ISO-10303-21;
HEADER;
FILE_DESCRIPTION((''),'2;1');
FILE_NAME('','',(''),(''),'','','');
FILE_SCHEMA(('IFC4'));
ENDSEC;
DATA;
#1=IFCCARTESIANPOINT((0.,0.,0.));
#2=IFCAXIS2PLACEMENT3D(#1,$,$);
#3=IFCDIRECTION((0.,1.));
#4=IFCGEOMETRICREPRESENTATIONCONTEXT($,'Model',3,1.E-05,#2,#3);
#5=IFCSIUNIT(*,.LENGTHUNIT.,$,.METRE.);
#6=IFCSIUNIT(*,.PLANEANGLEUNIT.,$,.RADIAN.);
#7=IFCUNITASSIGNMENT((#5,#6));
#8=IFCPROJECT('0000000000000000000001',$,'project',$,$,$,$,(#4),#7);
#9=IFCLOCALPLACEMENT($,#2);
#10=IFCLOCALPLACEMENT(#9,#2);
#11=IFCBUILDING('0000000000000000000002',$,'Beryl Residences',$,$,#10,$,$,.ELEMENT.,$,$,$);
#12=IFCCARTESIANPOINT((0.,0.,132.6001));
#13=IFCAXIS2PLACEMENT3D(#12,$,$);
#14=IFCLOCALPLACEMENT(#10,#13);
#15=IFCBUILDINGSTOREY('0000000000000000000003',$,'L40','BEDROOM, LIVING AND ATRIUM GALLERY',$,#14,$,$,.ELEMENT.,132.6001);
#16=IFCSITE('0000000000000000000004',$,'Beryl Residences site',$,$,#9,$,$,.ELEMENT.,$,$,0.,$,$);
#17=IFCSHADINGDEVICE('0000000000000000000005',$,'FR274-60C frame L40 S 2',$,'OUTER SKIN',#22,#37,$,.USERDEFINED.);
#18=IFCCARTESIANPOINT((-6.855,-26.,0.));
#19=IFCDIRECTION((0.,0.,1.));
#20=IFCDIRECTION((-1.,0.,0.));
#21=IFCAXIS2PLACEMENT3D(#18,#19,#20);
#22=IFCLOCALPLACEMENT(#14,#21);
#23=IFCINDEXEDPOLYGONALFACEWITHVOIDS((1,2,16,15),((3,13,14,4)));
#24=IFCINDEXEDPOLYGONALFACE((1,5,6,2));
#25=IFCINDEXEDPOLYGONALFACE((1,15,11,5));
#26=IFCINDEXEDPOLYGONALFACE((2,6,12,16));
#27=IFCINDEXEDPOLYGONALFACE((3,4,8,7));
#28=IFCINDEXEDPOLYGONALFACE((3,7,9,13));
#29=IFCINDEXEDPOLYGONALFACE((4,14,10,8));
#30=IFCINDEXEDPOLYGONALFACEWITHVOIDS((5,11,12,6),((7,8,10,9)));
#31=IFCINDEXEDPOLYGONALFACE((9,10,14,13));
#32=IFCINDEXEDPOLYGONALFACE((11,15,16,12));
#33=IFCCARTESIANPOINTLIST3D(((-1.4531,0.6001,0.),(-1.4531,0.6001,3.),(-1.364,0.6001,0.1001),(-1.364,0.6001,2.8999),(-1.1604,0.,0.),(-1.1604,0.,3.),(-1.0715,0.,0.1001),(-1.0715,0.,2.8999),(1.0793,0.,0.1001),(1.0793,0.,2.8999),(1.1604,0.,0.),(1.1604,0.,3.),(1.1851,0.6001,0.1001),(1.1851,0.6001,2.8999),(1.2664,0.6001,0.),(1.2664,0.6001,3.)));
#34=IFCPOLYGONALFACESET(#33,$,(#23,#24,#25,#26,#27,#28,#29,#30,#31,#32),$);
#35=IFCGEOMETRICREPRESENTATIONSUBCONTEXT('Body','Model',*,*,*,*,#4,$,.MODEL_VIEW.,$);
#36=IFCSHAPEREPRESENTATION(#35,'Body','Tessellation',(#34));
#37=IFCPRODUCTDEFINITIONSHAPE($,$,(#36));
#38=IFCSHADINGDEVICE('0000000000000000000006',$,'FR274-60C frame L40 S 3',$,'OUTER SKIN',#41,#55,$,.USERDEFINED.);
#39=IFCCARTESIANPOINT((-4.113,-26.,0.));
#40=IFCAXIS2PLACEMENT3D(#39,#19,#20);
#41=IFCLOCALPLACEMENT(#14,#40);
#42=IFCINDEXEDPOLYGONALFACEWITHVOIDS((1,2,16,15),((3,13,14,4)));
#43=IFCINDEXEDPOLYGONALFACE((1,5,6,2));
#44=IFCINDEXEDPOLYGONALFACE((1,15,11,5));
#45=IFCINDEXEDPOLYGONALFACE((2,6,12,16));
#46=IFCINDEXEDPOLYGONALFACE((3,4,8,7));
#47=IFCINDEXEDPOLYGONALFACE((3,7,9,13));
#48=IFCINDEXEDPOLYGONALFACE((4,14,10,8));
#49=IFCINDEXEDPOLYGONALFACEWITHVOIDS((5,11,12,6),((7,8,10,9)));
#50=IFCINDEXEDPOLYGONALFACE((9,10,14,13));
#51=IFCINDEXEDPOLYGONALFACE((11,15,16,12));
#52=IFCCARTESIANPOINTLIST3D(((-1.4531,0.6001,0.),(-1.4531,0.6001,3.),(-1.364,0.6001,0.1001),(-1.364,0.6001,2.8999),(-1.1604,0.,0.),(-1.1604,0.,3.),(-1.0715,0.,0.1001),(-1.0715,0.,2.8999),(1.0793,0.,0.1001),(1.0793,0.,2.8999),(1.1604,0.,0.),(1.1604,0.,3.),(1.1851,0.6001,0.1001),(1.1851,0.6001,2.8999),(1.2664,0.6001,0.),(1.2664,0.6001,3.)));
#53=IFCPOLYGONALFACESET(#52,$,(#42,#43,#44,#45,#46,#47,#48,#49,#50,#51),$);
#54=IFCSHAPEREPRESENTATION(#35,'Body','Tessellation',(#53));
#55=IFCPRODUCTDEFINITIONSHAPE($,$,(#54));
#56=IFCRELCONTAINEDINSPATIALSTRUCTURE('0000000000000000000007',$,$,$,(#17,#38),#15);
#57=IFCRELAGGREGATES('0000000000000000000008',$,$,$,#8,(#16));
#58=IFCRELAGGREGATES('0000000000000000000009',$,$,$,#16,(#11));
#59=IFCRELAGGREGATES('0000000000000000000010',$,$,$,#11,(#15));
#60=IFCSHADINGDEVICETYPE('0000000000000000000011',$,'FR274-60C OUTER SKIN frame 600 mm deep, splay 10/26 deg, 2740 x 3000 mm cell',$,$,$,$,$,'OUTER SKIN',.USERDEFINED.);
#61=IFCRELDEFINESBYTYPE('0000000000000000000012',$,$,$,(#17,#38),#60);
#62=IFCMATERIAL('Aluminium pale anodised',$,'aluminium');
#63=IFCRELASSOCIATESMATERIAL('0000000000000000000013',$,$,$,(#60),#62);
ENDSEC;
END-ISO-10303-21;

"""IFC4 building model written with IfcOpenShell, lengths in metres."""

from ifc_helpers import new_model, entity, si_unit, direction, frame, origin, place, context, subcontext, project, spatial, source, transform, mapped, material, type_object, type_shapes, element, save


model = new_model("IFC4")

# Units and contexts
model_context = context("Model", 3, precision=1e-05, world=origin(), true_north=direction((0.0, 1.0)))
body_context = subcontext(model_context, "Body", "Model", "MODEL_VIEW")
ifc_project = project(units=[si_unit("LENGTHUNIT", "METRE"), si_unit("PLANEANGLEUNIT", "RADIAN")], contexts=[model_context])

# Site, building, storey
site_placement = place(None, origin())
site = spatial("IfcSite", under=ifc_project, at=site_placement, Name="Beryl Residences site", CompositionType="ELEMENT", RefElevation=0.0)
building_placement = place(site_placement, origin())
building = spatial("IfcBuilding", under=site, at=building_placement, Name="Beryl Residences", CompositionType="ELEMENT")
storey_placement = place(building_placement, frame((0.0, 0.0, 132.6001)))
storey = spatial("IfcBuildingStorey", under=building, at=storey_placement, Name="L40", Description="BEDROOM, LIVING AND ATRIUM GALLERY", CompositionType="ELEMENT", Elevation=132.6001)

# Shading devices
ifc_material_1 = material(Name="Aluminium pale anodised", Category="aluminium")
shading_device_type = type_object("IfcShadingDeviceType", Name="FR274-60C OUTER SKIN frame 600 mm deep, splay 10/26 deg, 2740 x 3000 mm cell", ElementType="OUTER SKIN", PredefinedType="USERDEFINED", material=ifc_material_1)
cartesian_point_1 = entity("IfcCartesianPoint", [-1.1604, 0.0])
cartesian_point_2 = entity("IfcCartesianPoint", [-1.0793, 0.1001])
cartesian_point_3 = entity("IfcCartesianPoint", [-1.2664, 0.0])
cartesian_point_4 = entity("IfcCartesianPoint", [-1.1851, 0.1001])
shared_shape_1 = source(origin(), body_context, "Body", "SweptSolid", [
    entity("IfcExtrudedAreaSolidTapered", entity("IfcArbitraryProfileDefWithVoids", "AREA", None, entity("IfcPolyline", [cartesian_point_1, entity("IfcCartesianPoint", [1.1604, 0.0]), entity("IfcCartesianPoint", [1.1604, 3.0]), entity("IfcCartesianPoint", [-1.1604, 3.0]), cartesian_point_1]), [entity("IfcPolyline", [cartesian_point_2, entity("IfcCartesianPoint", [1.0715, 0.1001]), entity("IfcCartesianPoint", [1.0715, 2.8999]), entity("IfcCartesianPoint", [-1.0793, 2.8999]), cartesian_point_2])]), entity("IfcAxis2Placement3D", entity("IfcCartesianPoint", [0.0, 0.0, 0.0]), entity("IfcDirection", [0.0, 1.0, 0.0]), entity("IfcDirection", [-1.0, 0.0, 0.0])), entity("IfcDirection", [0.0, 0.0, 1.0]), 0.6001, entity("IfcArbitraryProfileDefWithVoids", "AREA", None, entity("IfcPolyline", [cartesian_point_3, entity("IfcCartesianPoint", [1.4531, 0.0]), entity("IfcCartesianPoint", [1.4531, 3.0]), entity("IfcCartesianPoint", [-1.2664, 3.0]), cartesian_point_3]), [entity("IfcPolyline", [cartesian_point_4, entity("IfcCartesianPoint", [1.364, 0.1001]), entity("IfcCartesianPoint", [1.364, 2.8999]), entity("IfcCartesianPoint", [-1.1851, 2.8999]), cartesian_point_4])])),
])
type_shapes(shading_device_type, [shared_shape_1])
for number, where, z_axis, x_axis, name in (
    (1, (-6.855, -26.0, 0.0), (0.0, 0.0, 1.0), (-1.0, 0.0, 0.0), "FR274-60C frame L40 S 2"),
    (2, (-4.113, -26.0, 0.0), (0.0, 0.0, 1.0), (-1.0, 0.0, 0.0), "FR274-60C frame L40 S 3"),
):
    element("IfcShadingDevice", number, at=place(storey_placement, frame(where, z_axis=z_axis, x_axis=x_axis)), inside=storey, type_object=shading_device_type, Name=name, ObjectType="OUTER SKIN", PredefinedType="USERDEFINED", context=body_context, shape_type="MappedRepresentation", body=[
        mapped(shared_shape_1, transform((0.0, 0.0, 0.0))),
    ])

save(model, "model.ifc")
